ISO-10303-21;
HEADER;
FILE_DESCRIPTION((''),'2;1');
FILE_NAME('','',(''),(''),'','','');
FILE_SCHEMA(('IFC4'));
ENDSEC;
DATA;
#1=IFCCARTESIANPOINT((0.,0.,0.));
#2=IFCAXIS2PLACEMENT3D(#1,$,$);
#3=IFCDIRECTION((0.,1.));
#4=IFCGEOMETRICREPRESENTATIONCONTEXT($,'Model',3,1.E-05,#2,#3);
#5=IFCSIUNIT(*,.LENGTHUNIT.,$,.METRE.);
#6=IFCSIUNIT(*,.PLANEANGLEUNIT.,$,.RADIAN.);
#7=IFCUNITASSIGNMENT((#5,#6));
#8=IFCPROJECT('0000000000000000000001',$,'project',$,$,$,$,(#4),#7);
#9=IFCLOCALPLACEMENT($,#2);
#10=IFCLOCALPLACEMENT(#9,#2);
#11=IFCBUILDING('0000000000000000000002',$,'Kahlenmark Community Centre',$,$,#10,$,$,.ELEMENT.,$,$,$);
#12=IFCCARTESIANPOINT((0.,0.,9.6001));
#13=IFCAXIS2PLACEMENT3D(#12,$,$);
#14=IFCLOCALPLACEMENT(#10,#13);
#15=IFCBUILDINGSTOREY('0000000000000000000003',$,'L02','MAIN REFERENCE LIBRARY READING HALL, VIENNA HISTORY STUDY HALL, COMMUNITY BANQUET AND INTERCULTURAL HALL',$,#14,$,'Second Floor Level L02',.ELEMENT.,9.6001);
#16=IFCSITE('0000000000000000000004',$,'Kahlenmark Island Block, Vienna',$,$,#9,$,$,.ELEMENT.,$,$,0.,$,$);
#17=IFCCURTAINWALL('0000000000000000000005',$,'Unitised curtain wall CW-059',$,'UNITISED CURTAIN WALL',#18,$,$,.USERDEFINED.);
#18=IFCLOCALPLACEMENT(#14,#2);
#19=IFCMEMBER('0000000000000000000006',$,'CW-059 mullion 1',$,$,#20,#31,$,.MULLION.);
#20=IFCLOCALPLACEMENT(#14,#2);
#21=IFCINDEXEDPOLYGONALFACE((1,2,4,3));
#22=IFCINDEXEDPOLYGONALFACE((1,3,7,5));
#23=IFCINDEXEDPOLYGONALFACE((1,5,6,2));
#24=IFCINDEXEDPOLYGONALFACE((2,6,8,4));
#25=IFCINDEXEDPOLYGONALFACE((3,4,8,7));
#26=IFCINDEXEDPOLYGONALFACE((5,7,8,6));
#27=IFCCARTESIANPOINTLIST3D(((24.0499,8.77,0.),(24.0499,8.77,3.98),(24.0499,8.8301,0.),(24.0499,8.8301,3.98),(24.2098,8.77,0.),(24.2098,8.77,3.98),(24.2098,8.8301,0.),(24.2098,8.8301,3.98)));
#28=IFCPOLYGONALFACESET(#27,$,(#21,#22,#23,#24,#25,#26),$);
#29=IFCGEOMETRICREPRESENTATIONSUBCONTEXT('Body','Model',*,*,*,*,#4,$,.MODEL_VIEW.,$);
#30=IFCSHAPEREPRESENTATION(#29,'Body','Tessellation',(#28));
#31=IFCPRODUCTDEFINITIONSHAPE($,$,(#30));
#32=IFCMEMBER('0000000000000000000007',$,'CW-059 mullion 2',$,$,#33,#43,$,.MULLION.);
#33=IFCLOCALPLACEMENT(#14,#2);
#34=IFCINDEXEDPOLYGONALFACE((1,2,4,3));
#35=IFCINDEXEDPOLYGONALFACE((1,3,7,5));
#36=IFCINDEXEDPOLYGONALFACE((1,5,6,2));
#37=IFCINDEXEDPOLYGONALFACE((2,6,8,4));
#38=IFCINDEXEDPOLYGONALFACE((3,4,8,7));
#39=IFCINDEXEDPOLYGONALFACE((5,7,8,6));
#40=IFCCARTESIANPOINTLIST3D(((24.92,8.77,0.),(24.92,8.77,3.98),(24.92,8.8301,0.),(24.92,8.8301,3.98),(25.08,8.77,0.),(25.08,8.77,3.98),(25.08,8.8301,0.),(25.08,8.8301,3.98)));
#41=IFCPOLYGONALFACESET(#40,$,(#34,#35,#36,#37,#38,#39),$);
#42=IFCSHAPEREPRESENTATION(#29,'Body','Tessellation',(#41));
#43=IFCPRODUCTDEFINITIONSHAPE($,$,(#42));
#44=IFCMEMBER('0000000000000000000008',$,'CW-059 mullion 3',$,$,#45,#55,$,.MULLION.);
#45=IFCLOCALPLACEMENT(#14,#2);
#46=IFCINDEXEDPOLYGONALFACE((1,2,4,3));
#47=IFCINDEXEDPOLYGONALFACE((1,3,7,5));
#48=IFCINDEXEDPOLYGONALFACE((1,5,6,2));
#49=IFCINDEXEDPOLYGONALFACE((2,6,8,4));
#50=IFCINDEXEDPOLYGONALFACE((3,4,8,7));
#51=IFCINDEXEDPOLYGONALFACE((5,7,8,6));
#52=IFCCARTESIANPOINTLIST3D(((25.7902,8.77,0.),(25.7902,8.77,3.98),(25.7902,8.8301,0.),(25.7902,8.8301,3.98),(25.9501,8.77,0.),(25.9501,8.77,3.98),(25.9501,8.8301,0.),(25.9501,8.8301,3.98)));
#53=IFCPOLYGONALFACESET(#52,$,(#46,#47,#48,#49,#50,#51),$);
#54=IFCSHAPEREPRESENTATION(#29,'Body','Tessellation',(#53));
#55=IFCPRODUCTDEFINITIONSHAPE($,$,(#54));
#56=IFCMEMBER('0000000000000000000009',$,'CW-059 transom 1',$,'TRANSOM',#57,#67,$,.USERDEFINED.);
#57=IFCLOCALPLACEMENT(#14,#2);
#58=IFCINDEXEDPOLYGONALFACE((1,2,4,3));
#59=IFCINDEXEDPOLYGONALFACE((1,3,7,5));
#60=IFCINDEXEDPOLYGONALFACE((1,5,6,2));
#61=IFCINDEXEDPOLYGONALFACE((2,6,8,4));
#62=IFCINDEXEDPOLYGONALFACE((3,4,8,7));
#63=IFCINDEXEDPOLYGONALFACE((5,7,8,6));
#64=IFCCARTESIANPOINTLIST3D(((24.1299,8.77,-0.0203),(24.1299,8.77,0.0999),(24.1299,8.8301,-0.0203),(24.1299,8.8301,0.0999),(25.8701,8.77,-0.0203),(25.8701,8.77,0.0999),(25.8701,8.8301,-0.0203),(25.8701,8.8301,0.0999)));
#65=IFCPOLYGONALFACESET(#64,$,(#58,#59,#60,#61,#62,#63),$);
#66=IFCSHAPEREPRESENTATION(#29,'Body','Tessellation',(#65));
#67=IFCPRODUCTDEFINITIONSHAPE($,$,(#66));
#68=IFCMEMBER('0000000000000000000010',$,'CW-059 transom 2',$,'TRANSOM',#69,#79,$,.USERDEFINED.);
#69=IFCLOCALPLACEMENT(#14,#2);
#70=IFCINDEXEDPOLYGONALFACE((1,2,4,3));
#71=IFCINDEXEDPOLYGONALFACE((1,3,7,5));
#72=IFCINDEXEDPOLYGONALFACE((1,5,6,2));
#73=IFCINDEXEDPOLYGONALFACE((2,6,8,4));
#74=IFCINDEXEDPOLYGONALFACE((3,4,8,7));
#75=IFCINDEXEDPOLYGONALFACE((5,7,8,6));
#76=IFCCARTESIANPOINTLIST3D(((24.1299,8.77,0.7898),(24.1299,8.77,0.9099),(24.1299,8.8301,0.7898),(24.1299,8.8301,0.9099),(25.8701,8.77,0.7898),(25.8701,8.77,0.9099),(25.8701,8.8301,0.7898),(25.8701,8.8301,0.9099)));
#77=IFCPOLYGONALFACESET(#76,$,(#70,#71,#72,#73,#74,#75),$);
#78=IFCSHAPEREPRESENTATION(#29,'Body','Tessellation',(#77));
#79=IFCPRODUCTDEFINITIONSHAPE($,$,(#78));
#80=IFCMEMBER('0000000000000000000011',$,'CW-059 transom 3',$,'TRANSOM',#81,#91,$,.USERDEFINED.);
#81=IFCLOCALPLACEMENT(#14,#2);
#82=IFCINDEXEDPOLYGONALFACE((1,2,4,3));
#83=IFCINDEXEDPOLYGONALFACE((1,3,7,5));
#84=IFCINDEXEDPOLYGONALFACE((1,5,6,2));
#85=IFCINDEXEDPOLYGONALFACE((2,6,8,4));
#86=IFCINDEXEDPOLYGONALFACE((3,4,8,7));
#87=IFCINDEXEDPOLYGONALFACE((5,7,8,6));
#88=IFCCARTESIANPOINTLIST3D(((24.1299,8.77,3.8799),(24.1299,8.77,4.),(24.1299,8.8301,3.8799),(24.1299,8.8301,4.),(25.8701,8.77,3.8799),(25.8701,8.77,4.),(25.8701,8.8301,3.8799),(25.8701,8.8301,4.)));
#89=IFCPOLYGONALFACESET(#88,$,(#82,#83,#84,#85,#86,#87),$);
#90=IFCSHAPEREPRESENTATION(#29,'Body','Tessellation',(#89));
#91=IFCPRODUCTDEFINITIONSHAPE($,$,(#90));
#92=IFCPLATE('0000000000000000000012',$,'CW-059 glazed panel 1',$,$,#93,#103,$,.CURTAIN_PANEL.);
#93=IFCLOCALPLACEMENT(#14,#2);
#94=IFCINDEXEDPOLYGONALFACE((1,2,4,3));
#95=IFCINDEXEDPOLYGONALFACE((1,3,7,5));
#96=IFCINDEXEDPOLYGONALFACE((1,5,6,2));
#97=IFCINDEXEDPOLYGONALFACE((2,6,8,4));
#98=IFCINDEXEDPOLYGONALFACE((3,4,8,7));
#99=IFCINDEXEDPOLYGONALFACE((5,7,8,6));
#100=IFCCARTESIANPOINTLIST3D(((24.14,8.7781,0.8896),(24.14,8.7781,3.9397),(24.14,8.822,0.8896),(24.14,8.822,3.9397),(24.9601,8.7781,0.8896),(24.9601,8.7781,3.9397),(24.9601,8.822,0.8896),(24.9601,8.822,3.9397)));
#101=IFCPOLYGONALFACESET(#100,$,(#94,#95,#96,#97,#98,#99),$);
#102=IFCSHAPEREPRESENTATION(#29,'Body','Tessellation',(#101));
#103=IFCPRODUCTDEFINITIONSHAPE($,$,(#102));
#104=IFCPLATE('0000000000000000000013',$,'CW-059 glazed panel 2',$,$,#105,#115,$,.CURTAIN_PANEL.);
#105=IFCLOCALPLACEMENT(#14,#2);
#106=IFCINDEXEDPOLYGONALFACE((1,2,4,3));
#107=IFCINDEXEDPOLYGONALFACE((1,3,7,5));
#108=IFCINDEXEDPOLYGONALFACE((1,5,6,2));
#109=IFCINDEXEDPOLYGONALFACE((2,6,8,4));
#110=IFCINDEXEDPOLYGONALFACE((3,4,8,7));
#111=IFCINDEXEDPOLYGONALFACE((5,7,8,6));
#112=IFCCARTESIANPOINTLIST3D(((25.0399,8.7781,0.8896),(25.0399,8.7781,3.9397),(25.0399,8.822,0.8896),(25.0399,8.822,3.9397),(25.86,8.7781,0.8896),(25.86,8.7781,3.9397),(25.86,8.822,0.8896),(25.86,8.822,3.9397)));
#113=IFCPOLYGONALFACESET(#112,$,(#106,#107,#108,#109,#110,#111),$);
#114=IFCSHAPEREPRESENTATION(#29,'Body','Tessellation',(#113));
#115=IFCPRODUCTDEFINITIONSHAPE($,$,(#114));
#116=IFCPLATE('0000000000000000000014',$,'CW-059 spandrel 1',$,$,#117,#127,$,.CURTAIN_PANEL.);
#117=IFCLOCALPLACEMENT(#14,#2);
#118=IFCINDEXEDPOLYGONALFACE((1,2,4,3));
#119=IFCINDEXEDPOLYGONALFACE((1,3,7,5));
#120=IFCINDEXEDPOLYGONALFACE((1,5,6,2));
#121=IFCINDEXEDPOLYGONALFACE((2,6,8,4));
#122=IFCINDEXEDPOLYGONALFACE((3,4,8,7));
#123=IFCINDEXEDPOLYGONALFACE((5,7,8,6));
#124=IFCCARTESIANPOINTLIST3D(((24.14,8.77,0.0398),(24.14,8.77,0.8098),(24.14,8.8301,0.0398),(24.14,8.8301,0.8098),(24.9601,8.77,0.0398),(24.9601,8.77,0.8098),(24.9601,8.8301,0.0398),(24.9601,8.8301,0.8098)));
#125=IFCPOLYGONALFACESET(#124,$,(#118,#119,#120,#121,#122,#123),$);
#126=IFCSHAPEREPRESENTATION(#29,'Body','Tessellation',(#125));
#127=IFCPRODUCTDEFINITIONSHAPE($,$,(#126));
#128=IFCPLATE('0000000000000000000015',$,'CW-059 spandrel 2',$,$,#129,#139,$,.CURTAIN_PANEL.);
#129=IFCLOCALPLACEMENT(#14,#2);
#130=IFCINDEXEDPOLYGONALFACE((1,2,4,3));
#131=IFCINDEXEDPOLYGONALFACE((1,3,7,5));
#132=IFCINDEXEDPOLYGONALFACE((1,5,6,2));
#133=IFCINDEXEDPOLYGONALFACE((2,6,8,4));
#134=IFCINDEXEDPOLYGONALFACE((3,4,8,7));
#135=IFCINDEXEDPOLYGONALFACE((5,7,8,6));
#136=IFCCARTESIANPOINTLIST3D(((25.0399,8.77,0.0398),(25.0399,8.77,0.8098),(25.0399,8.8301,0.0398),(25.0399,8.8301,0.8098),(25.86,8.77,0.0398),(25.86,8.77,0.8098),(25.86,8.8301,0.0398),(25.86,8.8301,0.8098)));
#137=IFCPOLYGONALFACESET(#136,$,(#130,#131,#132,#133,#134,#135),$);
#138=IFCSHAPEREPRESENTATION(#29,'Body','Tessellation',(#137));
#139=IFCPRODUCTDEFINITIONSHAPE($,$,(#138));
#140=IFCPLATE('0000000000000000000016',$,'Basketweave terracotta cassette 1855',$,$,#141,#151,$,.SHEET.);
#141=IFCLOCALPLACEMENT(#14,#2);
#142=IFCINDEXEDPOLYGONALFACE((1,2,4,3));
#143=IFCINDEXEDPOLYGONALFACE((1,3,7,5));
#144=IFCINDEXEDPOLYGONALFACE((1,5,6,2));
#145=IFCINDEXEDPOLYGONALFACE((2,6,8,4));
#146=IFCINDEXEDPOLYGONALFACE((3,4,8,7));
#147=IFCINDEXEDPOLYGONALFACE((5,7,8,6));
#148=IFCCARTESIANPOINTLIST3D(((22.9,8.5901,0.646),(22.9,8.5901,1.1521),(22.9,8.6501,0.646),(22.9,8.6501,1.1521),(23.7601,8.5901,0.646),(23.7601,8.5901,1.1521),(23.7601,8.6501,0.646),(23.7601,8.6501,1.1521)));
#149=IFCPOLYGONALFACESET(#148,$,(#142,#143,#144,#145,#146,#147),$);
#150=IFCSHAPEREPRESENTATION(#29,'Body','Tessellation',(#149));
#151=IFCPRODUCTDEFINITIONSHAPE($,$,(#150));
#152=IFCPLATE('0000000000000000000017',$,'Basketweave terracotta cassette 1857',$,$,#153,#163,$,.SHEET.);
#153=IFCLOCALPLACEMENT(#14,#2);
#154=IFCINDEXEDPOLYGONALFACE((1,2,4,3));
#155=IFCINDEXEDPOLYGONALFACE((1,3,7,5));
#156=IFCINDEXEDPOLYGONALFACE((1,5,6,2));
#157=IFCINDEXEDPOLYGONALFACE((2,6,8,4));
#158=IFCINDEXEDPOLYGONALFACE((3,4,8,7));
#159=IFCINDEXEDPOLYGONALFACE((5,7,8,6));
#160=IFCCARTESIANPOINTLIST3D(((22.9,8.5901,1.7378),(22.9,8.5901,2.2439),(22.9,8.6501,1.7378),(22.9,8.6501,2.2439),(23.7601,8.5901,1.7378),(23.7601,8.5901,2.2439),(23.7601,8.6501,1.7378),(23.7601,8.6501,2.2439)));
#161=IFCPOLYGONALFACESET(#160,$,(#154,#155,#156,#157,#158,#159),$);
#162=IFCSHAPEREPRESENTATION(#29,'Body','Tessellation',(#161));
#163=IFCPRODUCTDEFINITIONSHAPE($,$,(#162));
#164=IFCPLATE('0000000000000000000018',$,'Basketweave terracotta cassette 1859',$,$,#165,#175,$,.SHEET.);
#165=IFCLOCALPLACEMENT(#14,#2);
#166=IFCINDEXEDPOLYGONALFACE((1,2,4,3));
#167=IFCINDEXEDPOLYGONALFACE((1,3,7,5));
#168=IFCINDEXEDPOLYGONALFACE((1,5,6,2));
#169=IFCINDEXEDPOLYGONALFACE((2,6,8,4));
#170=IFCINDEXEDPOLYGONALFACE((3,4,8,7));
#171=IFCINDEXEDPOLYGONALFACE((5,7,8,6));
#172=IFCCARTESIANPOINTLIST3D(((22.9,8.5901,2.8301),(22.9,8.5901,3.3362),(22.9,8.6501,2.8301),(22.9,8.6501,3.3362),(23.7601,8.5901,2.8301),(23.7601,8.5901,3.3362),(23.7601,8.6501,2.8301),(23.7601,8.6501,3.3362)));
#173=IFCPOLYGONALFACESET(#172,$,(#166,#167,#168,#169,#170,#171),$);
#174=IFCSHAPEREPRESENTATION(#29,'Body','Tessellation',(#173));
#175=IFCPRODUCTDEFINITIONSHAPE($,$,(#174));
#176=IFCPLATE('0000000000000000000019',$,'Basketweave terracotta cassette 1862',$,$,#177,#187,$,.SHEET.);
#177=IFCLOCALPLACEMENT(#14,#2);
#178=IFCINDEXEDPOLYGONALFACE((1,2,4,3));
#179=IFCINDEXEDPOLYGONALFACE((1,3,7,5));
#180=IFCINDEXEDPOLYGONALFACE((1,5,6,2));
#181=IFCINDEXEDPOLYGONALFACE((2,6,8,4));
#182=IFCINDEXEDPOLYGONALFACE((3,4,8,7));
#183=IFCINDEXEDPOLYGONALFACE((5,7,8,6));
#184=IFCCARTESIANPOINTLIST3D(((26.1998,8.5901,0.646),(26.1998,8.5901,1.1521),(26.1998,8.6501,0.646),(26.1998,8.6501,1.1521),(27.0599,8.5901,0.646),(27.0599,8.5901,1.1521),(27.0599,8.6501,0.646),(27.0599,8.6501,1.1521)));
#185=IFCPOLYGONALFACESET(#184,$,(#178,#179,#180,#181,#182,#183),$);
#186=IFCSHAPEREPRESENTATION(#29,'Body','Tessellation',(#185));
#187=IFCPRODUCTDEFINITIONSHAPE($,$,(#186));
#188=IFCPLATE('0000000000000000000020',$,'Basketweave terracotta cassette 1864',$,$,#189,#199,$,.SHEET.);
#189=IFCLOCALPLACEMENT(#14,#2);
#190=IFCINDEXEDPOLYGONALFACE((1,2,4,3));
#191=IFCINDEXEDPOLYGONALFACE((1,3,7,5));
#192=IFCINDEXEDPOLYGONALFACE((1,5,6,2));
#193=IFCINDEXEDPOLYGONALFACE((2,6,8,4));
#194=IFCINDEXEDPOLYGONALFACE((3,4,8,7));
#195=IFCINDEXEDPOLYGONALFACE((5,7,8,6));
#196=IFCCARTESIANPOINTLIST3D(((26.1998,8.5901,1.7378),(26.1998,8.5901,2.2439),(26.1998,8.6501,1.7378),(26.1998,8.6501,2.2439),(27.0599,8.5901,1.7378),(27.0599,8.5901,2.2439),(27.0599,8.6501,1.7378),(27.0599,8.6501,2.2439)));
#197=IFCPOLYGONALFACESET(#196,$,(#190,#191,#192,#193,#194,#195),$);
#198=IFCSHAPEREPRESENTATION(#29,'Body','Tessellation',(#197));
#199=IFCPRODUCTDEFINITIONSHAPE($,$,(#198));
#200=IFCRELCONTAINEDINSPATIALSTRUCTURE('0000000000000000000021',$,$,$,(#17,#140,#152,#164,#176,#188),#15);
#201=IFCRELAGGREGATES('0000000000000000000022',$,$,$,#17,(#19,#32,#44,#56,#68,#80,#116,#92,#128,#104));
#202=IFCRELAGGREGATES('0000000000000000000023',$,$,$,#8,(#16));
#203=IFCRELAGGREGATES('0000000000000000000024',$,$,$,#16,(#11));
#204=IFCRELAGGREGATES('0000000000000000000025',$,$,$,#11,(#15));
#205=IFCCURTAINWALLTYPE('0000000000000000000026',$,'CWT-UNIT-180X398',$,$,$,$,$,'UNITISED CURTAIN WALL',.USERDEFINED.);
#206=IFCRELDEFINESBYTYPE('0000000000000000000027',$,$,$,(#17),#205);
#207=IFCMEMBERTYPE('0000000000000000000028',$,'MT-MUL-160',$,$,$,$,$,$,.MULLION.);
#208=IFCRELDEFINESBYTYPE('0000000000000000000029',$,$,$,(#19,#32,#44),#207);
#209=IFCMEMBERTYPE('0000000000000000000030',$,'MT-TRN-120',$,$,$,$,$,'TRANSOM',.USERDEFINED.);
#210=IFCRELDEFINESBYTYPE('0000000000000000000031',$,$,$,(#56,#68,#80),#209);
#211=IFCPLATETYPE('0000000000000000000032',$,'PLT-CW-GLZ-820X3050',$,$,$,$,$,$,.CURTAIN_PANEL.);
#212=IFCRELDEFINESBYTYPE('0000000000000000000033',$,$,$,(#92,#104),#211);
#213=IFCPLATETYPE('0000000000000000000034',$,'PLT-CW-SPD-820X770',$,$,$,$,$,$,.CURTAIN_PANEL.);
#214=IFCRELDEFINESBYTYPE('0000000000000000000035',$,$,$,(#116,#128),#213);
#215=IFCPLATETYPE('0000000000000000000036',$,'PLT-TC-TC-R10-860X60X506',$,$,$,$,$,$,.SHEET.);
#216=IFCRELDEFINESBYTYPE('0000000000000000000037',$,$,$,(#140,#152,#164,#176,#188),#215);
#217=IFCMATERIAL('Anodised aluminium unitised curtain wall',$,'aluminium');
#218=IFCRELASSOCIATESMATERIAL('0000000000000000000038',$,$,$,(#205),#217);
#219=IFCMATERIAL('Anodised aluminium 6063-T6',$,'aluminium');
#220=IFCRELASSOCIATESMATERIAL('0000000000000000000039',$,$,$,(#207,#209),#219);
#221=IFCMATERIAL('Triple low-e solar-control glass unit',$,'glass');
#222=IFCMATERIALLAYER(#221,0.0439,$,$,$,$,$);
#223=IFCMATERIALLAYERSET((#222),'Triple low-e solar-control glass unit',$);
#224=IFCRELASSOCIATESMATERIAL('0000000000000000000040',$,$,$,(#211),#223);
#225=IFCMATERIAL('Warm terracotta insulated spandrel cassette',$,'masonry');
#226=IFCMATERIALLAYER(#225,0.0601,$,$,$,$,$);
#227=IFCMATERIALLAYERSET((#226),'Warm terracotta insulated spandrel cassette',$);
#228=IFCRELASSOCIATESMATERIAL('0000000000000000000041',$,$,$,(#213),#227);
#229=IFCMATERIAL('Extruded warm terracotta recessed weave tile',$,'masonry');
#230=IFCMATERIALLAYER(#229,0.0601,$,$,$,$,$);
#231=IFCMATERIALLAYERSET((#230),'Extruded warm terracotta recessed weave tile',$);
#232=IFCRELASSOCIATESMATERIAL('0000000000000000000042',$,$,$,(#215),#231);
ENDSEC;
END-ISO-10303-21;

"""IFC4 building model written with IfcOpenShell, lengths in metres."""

from ifc_helpers import new_model, si_unit, direction, frame, origin, origin_2d, place, context, subcontext, project, spatial, rectangle, extrude, material, layer, layer_set, material_profile, profile_set, type_object, element, aggregate, save


model = new_model("IFC4")

# Units and contexts
model_context = context("Model", 3, precision=1e-05, world=origin(), true_north=direction((0.0, 1.0)))
body_context = subcontext(model_context, "Body", "Model", "MODEL_VIEW")
ifc_project = project(units=[si_unit("LENGTHUNIT", "METRE"), si_unit("PLANEANGLEUNIT", "RADIAN")], contexts=[model_context])

# Site, building, storey
site_placement = place(None, origin())
site = spatial("IfcSite", under=ifc_project, at=site_placement, Name="Kahlenmark Island Block, Vienna", CompositionType="ELEMENT", RefElevation=0.0)
building_placement = place(site_placement, origin())
building = spatial("IfcBuilding", under=site, at=building_placement, Name="Kahlenmark Community Centre", CompositionType="ELEMENT")
storey_placement = place(building_placement, frame((0.0, 0.0, 9.6001)))
storey = spatial("IfcBuildingStorey", under=building, at=storey_placement, Name="L02", Description="MAIN REFERENCE LIBRARY READING HALL, VIENNA HISTORY STUDY HALL, COMMUNITY BANQUET AND INTERCULTURAL HALL", LongName="Second Floor Level L02", CompositionType="ELEMENT", Elevation=9.6001)

# Curtain wall, members, plates
ifc_material_1 = material(Name="Anodised aluminium unitised curtain wall", Category="aluminium")
curtain_wall_type = type_object("IfcCurtainWallType", Name="CWT-UNIT-180X398", ElementType="UNITISED CURTAIN WALL", PredefinedType="USERDEFINED", material=ifc_material_1)
curtain_wall_placement = place(storey_placement, origin())
curtain_wall = element("IfcCurtainWall", 1, at=curtain_wall_placement, inside=storey, type_object=curtain_wall_type, Name="Unitised curtain wall CW-059", ObjectType="UNITISED CURTAIN WALL", PredefinedType="USERDEFINED")
ifc_material_2 = material(Name="Anodised aluminium 6063-T6", Category="aluminium")
ifc_material_profile_1 = material_profile(ifc_material_2, rectangle(XDim=0.0601, YDim=0.1599, at=origin_2d()), Name="ALU MULLION 60x160")
ifc_profile_set_1 = profile_set([ifc_material_profile_1], Name="Anodised aluminium 6063-T6")
member_type_1 = type_object("IfcMemberType", Name="MT-MUL-160", PredefinedType="MULLION", material=ifc_profile_set_1)
member_1_placement = place(storey_placement, frame((24.1299, 8.8, 0.0), z_axis=(0.0, 0.0, 1.0), x_axis=(0.0, 1.0, 0.0)))
member_1 = element("IfcMember", 2, at=member_1_placement, type_object=member_type_1, Name="CW-059 mullion 1", PredefinedType="MULLION", context=body_context, shape_type="SweptSolid", body=[
    extrude(rectangle(XDim=0.0601, YDim=0.1599, at=origin_2d()), origin(), (0.0, 0.0, 1.0), 3.98),
])
member_2_placement = place(storey_placement, frame((25.0, 8.8, 0.0), z_axis=(0.0, 0.0, 1.0), x_axis=(0.0, 1.0, 0.0)))
member_2 = element("IfcMember", 3, at=member_2_placement, type_object=member_type_1, Name="CW-059 mullion 2", PredefinedType="MULLION", context=body_context, shape_type="SweptSolid", body=[
    extrude(rectangle(XDim=0.0601, YDim=0.1599, at=origin_2d()), origin(), (0.0, 0.0, 1.0), 3.98),
])
member_3_placement = place(storey_placement, frame((25.8701, 8.8, 0.0), z_axis=(0.0, 0.0, 1.0), x_axis=(0.0, 1.0, 0.0)))
member_3 = element("IfcMember", 4, at=member_3_placement, type_object=member_type_1, Name="CW-059 mullion 3", PredefinedType="MULLION", context=body_context, shape_type="SweptSolid", body=[
    extrude(rectangle(XDim=0.0601, YDim=0.1599, at=origin_2d()), origin(), (0.0, 0.0, 1.0), 3.98),
])
ifc_material_profile_2 = material_profile(ifc_material_2, rectangle(XDim=0.0601, YDim=0.1201, at=origin_2d()), Name="ALU TRANSOM 60x120")
ifc_profile_set_2 = profile_set([ifc_material_profile_2], Name="Anodised aluminium 6063-T6")
member_type_2 = type_object("IfcMemberType", Name="MT-TRN-120", ElementType="TRANSOM", PredefinedType="USERDEFINED", material=ifc_profile_set_2)
member_4_placement = place(storey_placement, frame((24.1299, 8.8, 0.0398), z_axis=(1.0, 0.0, 0.0), x_axis=(0.0, 1.0, 0.0)))
member_4 = element("IfcMember", 5, at=member_4_placement, type_object=member_type_2, Name="CW-059 transom 1", ObjectType="TRANSOM", PredefinedType="USERDEFINED", context=body_context, shape_type="SweptSolid", body=[
    extrude(rectangle(XDim=0.0601, YDim=0.1201, at=origin_2d()), origin(), (0.0, 0.0, 1.0), 1.7402),
])
member_5_placement = place(storey_placement, frame((24.1299, 8.8, 0.8499), z_axis=(1.0, 0.0, 0.0), x_axis=(0.0, 1.0, 0.0)))
member_5 = element("IfcMember", 6, at=member_5_placement, type_object=member_type_2, Name="CW-059 transom 2", ObjectType="TRANSOM", PredefinedType="USERDEFINED", context=body_context, shape_type="SweptSolid", body=[
    extrude(rectangle(XDim=0.0601, YDim=0.1201, at=origin_2d()), origin(), (0.0, 0.0, 1.0), 1.7402),
])
member_6_placement = place(storey_placement, frame((24.1299, 8.8, 3.9399), z_axis=(1.0, 0.0, 0.0), x_axis=(0.0, 1.0, 0.0)))
member_6 = element("IfcMember", 7, at=member_6_placement, type_object=member_type_2, Name="CW-059 transom 3", ObjectType="TRANSOM", PredefinedType="USERDEFINED", context=body_context, shape_type="SweptSolid", body=[
    extrude(rectangle(XDim=0.0601, YDim=0.1201, at=origin_2d()), origin(), (0.0, 0.0, 1.0), 1.7402),
])
ifc_material_3 = material(Name="Triple low-e solar-control glass unit", Category="glass")
ifc_layer_1 = layer(ifc_material_3, 0.0439)
ifc_layer_set_1 = layer_set([ifc_layer_1], Name="Triple low-e solar-control glass unit")
plate_type_1 = type_object("IfcPlateType", Name="PLT-CW-GLZ-820X3050", PredefinedType="CURTAIN_PANEL", material=ifc_layer_set_1)
plate_1_placement = place(storey_placement, frame((24.55, 8.8, 0.8896), z_axis=(0.0, 0.0, 1.0), x_axis=(1.0, 0.0, 0.0)))
plate_1 = element("IfcPlate", 8, at=plate_1_placement, type_object=plate_type_1, Name="CW-059 glazed panel 1", PredefinedType="CURTAIN_PANEL", context=body_context, shape_type="SweptSolid", body=[
    extrude(rectangle(XDim=0.8201, YDim=0.0439, at=origin_2d()), origin(), (0.0, 0.0, 1.0), 3.05),
])
plate_2_placement = place(storey_placement, frame((25.45, 8.8, 0.8896), z_axis=(0.0, 0.0, 1.0), x_axis=(1.0, 0.0, 0.0)))
plate_2 = element("IfcPlate", 9, at=plate_2_placement, type_object=plate_type_1, Name="CW-059 glazed panel 2", PredefinedType="CURTAIN_PANEL", context=body_context, shape_type="SweptSolid", body=[
    extrude(rectangle(XDim=0.8201, YDim=0.0439, at=origin_2d()), origin(), (0.0, 0.0, 1.0), 3.05),
])
ifc_material_4 = material(Name="Warm terracotta insulated spandrel cassette", Category="masonry")
ifc_layer_2 = layer(ifc_material_4, 0.0601)
ifc_layer_set_2 = layer_set([ifc_layer_2], Name="Warm terracotta insulated spandrel cassette")
plate_type_2 = type_object("IfcPlateType", Name="PLT-CW-SPD-820X770", PredefinedType="CURTAIN_PANEL", material=ifc_layer_set_2)
plate_3_placement = place(storey_placement, frame((24.55, 8.8, 0.0398), z_axis=(0.0, 0.0, 1.0), x_axis=(1.0, 0.0, 0.0)))
plate_3 = element("IfcPlate", 10, at=plate_3_placement, type_object=plate_type_2, Name="CW-059 spandrel 1", PredefinedType="CURTAIN_PANEL", context=body_context, shape_type="SweptSolid", body=[
    extrude(rectangle(XDim=0.8201, YDim=0.0601, at=origin_2d()), origin(), (0.0, 0.0, 1.0), 0.77),
])
plate_4_placement = place(storey_placement, frame((25.45, 8.8, 0.0398), z_axis=(0.0, 0.0, 1.0), x_axis=(1.0, 0.0, 0.0)))
plate_4 = element("IfcPlate", 11, at=plate_4_placement, type_object=plate_type_2, Name="CW-059 spandrel 2", PredefinedType="CURTAIN_PANEL", context=body_context, shape_type="SweptSolid", body=[
    extrude(rectangle(XDim=0.8201, YDim=0.0601, at=origin_2d()), origin(), (0.0, 0.0, 1.0), 0.77),
])
aggregate(curtain_wall, [member_1, member_2, member_3, member_4, member_5, member_6, plate_3, plate_1, plate_4, plate_2])

# Plates
ifc_material_5 = material(Name="Extruded warm terracotta recessed weave tile", Category="masonry")
ifc_layer_3 = layer(ifc_material_5, 0.0601)
ifc_layer_set_3 = layer_set([ifc_layer_3], Name="Extruded warm terracotta recessed weave tile")
plate_type_3 = type_object("IfcPlateType", Name="PLT-TC-TC-R10-860X60X506", PredefinedType="SHEET", material=ifc_layer_set_3)
for number, where, z_axis, x_axis, name in (
    (12, (23.3301, 8.6201, 0.646), (0.0, 0.0, 1.0), (1.0, 0.0, 0.0), "Basketweave terracotta cassette 1855"),
    (13, (23.3301, 8.6201, 1.7378), (0.0, 0.0, 1.0), (1.0, 0.0, 0.0), "Basketweave terracotta cassette 1857"),
    (14, (23.3301, 8.6201, 2.8301), (0.0, 0.0, 1.0), (1.0, 0.0, 0.0), "Basketweave terracotta cassette 1859"),
    (15, (26.6299, 8.6201, 0.646), (0.0, 0.0, 1.0), (1.0, 0.0, 0.0), "Basketweave terracotta cassette 1862"),
    (16, (26.6299, 8.6201, 1.7378), (0.0, 0.0, 1.0), (1.0, 0.0, 0.0), "Basketweave terracotta cassette 1864"),
):
    element("IfcPlate", number, at=place(storey_placement, frame(where, z_axis=z_axis, x_axis=x_axis)), inside=storey, type_object=plate_type_3, Name=name, PredefinedType="SHEET", context=body_context, shape_type="SweptSolid", body=[
        extrude(rectangle(XDim=0.8601, YDim=0.0601, at=origin_2d()), origin(), (0.0, 0.0, 1.0), 0.5061),
    ])

save(model, "model.ifc")
